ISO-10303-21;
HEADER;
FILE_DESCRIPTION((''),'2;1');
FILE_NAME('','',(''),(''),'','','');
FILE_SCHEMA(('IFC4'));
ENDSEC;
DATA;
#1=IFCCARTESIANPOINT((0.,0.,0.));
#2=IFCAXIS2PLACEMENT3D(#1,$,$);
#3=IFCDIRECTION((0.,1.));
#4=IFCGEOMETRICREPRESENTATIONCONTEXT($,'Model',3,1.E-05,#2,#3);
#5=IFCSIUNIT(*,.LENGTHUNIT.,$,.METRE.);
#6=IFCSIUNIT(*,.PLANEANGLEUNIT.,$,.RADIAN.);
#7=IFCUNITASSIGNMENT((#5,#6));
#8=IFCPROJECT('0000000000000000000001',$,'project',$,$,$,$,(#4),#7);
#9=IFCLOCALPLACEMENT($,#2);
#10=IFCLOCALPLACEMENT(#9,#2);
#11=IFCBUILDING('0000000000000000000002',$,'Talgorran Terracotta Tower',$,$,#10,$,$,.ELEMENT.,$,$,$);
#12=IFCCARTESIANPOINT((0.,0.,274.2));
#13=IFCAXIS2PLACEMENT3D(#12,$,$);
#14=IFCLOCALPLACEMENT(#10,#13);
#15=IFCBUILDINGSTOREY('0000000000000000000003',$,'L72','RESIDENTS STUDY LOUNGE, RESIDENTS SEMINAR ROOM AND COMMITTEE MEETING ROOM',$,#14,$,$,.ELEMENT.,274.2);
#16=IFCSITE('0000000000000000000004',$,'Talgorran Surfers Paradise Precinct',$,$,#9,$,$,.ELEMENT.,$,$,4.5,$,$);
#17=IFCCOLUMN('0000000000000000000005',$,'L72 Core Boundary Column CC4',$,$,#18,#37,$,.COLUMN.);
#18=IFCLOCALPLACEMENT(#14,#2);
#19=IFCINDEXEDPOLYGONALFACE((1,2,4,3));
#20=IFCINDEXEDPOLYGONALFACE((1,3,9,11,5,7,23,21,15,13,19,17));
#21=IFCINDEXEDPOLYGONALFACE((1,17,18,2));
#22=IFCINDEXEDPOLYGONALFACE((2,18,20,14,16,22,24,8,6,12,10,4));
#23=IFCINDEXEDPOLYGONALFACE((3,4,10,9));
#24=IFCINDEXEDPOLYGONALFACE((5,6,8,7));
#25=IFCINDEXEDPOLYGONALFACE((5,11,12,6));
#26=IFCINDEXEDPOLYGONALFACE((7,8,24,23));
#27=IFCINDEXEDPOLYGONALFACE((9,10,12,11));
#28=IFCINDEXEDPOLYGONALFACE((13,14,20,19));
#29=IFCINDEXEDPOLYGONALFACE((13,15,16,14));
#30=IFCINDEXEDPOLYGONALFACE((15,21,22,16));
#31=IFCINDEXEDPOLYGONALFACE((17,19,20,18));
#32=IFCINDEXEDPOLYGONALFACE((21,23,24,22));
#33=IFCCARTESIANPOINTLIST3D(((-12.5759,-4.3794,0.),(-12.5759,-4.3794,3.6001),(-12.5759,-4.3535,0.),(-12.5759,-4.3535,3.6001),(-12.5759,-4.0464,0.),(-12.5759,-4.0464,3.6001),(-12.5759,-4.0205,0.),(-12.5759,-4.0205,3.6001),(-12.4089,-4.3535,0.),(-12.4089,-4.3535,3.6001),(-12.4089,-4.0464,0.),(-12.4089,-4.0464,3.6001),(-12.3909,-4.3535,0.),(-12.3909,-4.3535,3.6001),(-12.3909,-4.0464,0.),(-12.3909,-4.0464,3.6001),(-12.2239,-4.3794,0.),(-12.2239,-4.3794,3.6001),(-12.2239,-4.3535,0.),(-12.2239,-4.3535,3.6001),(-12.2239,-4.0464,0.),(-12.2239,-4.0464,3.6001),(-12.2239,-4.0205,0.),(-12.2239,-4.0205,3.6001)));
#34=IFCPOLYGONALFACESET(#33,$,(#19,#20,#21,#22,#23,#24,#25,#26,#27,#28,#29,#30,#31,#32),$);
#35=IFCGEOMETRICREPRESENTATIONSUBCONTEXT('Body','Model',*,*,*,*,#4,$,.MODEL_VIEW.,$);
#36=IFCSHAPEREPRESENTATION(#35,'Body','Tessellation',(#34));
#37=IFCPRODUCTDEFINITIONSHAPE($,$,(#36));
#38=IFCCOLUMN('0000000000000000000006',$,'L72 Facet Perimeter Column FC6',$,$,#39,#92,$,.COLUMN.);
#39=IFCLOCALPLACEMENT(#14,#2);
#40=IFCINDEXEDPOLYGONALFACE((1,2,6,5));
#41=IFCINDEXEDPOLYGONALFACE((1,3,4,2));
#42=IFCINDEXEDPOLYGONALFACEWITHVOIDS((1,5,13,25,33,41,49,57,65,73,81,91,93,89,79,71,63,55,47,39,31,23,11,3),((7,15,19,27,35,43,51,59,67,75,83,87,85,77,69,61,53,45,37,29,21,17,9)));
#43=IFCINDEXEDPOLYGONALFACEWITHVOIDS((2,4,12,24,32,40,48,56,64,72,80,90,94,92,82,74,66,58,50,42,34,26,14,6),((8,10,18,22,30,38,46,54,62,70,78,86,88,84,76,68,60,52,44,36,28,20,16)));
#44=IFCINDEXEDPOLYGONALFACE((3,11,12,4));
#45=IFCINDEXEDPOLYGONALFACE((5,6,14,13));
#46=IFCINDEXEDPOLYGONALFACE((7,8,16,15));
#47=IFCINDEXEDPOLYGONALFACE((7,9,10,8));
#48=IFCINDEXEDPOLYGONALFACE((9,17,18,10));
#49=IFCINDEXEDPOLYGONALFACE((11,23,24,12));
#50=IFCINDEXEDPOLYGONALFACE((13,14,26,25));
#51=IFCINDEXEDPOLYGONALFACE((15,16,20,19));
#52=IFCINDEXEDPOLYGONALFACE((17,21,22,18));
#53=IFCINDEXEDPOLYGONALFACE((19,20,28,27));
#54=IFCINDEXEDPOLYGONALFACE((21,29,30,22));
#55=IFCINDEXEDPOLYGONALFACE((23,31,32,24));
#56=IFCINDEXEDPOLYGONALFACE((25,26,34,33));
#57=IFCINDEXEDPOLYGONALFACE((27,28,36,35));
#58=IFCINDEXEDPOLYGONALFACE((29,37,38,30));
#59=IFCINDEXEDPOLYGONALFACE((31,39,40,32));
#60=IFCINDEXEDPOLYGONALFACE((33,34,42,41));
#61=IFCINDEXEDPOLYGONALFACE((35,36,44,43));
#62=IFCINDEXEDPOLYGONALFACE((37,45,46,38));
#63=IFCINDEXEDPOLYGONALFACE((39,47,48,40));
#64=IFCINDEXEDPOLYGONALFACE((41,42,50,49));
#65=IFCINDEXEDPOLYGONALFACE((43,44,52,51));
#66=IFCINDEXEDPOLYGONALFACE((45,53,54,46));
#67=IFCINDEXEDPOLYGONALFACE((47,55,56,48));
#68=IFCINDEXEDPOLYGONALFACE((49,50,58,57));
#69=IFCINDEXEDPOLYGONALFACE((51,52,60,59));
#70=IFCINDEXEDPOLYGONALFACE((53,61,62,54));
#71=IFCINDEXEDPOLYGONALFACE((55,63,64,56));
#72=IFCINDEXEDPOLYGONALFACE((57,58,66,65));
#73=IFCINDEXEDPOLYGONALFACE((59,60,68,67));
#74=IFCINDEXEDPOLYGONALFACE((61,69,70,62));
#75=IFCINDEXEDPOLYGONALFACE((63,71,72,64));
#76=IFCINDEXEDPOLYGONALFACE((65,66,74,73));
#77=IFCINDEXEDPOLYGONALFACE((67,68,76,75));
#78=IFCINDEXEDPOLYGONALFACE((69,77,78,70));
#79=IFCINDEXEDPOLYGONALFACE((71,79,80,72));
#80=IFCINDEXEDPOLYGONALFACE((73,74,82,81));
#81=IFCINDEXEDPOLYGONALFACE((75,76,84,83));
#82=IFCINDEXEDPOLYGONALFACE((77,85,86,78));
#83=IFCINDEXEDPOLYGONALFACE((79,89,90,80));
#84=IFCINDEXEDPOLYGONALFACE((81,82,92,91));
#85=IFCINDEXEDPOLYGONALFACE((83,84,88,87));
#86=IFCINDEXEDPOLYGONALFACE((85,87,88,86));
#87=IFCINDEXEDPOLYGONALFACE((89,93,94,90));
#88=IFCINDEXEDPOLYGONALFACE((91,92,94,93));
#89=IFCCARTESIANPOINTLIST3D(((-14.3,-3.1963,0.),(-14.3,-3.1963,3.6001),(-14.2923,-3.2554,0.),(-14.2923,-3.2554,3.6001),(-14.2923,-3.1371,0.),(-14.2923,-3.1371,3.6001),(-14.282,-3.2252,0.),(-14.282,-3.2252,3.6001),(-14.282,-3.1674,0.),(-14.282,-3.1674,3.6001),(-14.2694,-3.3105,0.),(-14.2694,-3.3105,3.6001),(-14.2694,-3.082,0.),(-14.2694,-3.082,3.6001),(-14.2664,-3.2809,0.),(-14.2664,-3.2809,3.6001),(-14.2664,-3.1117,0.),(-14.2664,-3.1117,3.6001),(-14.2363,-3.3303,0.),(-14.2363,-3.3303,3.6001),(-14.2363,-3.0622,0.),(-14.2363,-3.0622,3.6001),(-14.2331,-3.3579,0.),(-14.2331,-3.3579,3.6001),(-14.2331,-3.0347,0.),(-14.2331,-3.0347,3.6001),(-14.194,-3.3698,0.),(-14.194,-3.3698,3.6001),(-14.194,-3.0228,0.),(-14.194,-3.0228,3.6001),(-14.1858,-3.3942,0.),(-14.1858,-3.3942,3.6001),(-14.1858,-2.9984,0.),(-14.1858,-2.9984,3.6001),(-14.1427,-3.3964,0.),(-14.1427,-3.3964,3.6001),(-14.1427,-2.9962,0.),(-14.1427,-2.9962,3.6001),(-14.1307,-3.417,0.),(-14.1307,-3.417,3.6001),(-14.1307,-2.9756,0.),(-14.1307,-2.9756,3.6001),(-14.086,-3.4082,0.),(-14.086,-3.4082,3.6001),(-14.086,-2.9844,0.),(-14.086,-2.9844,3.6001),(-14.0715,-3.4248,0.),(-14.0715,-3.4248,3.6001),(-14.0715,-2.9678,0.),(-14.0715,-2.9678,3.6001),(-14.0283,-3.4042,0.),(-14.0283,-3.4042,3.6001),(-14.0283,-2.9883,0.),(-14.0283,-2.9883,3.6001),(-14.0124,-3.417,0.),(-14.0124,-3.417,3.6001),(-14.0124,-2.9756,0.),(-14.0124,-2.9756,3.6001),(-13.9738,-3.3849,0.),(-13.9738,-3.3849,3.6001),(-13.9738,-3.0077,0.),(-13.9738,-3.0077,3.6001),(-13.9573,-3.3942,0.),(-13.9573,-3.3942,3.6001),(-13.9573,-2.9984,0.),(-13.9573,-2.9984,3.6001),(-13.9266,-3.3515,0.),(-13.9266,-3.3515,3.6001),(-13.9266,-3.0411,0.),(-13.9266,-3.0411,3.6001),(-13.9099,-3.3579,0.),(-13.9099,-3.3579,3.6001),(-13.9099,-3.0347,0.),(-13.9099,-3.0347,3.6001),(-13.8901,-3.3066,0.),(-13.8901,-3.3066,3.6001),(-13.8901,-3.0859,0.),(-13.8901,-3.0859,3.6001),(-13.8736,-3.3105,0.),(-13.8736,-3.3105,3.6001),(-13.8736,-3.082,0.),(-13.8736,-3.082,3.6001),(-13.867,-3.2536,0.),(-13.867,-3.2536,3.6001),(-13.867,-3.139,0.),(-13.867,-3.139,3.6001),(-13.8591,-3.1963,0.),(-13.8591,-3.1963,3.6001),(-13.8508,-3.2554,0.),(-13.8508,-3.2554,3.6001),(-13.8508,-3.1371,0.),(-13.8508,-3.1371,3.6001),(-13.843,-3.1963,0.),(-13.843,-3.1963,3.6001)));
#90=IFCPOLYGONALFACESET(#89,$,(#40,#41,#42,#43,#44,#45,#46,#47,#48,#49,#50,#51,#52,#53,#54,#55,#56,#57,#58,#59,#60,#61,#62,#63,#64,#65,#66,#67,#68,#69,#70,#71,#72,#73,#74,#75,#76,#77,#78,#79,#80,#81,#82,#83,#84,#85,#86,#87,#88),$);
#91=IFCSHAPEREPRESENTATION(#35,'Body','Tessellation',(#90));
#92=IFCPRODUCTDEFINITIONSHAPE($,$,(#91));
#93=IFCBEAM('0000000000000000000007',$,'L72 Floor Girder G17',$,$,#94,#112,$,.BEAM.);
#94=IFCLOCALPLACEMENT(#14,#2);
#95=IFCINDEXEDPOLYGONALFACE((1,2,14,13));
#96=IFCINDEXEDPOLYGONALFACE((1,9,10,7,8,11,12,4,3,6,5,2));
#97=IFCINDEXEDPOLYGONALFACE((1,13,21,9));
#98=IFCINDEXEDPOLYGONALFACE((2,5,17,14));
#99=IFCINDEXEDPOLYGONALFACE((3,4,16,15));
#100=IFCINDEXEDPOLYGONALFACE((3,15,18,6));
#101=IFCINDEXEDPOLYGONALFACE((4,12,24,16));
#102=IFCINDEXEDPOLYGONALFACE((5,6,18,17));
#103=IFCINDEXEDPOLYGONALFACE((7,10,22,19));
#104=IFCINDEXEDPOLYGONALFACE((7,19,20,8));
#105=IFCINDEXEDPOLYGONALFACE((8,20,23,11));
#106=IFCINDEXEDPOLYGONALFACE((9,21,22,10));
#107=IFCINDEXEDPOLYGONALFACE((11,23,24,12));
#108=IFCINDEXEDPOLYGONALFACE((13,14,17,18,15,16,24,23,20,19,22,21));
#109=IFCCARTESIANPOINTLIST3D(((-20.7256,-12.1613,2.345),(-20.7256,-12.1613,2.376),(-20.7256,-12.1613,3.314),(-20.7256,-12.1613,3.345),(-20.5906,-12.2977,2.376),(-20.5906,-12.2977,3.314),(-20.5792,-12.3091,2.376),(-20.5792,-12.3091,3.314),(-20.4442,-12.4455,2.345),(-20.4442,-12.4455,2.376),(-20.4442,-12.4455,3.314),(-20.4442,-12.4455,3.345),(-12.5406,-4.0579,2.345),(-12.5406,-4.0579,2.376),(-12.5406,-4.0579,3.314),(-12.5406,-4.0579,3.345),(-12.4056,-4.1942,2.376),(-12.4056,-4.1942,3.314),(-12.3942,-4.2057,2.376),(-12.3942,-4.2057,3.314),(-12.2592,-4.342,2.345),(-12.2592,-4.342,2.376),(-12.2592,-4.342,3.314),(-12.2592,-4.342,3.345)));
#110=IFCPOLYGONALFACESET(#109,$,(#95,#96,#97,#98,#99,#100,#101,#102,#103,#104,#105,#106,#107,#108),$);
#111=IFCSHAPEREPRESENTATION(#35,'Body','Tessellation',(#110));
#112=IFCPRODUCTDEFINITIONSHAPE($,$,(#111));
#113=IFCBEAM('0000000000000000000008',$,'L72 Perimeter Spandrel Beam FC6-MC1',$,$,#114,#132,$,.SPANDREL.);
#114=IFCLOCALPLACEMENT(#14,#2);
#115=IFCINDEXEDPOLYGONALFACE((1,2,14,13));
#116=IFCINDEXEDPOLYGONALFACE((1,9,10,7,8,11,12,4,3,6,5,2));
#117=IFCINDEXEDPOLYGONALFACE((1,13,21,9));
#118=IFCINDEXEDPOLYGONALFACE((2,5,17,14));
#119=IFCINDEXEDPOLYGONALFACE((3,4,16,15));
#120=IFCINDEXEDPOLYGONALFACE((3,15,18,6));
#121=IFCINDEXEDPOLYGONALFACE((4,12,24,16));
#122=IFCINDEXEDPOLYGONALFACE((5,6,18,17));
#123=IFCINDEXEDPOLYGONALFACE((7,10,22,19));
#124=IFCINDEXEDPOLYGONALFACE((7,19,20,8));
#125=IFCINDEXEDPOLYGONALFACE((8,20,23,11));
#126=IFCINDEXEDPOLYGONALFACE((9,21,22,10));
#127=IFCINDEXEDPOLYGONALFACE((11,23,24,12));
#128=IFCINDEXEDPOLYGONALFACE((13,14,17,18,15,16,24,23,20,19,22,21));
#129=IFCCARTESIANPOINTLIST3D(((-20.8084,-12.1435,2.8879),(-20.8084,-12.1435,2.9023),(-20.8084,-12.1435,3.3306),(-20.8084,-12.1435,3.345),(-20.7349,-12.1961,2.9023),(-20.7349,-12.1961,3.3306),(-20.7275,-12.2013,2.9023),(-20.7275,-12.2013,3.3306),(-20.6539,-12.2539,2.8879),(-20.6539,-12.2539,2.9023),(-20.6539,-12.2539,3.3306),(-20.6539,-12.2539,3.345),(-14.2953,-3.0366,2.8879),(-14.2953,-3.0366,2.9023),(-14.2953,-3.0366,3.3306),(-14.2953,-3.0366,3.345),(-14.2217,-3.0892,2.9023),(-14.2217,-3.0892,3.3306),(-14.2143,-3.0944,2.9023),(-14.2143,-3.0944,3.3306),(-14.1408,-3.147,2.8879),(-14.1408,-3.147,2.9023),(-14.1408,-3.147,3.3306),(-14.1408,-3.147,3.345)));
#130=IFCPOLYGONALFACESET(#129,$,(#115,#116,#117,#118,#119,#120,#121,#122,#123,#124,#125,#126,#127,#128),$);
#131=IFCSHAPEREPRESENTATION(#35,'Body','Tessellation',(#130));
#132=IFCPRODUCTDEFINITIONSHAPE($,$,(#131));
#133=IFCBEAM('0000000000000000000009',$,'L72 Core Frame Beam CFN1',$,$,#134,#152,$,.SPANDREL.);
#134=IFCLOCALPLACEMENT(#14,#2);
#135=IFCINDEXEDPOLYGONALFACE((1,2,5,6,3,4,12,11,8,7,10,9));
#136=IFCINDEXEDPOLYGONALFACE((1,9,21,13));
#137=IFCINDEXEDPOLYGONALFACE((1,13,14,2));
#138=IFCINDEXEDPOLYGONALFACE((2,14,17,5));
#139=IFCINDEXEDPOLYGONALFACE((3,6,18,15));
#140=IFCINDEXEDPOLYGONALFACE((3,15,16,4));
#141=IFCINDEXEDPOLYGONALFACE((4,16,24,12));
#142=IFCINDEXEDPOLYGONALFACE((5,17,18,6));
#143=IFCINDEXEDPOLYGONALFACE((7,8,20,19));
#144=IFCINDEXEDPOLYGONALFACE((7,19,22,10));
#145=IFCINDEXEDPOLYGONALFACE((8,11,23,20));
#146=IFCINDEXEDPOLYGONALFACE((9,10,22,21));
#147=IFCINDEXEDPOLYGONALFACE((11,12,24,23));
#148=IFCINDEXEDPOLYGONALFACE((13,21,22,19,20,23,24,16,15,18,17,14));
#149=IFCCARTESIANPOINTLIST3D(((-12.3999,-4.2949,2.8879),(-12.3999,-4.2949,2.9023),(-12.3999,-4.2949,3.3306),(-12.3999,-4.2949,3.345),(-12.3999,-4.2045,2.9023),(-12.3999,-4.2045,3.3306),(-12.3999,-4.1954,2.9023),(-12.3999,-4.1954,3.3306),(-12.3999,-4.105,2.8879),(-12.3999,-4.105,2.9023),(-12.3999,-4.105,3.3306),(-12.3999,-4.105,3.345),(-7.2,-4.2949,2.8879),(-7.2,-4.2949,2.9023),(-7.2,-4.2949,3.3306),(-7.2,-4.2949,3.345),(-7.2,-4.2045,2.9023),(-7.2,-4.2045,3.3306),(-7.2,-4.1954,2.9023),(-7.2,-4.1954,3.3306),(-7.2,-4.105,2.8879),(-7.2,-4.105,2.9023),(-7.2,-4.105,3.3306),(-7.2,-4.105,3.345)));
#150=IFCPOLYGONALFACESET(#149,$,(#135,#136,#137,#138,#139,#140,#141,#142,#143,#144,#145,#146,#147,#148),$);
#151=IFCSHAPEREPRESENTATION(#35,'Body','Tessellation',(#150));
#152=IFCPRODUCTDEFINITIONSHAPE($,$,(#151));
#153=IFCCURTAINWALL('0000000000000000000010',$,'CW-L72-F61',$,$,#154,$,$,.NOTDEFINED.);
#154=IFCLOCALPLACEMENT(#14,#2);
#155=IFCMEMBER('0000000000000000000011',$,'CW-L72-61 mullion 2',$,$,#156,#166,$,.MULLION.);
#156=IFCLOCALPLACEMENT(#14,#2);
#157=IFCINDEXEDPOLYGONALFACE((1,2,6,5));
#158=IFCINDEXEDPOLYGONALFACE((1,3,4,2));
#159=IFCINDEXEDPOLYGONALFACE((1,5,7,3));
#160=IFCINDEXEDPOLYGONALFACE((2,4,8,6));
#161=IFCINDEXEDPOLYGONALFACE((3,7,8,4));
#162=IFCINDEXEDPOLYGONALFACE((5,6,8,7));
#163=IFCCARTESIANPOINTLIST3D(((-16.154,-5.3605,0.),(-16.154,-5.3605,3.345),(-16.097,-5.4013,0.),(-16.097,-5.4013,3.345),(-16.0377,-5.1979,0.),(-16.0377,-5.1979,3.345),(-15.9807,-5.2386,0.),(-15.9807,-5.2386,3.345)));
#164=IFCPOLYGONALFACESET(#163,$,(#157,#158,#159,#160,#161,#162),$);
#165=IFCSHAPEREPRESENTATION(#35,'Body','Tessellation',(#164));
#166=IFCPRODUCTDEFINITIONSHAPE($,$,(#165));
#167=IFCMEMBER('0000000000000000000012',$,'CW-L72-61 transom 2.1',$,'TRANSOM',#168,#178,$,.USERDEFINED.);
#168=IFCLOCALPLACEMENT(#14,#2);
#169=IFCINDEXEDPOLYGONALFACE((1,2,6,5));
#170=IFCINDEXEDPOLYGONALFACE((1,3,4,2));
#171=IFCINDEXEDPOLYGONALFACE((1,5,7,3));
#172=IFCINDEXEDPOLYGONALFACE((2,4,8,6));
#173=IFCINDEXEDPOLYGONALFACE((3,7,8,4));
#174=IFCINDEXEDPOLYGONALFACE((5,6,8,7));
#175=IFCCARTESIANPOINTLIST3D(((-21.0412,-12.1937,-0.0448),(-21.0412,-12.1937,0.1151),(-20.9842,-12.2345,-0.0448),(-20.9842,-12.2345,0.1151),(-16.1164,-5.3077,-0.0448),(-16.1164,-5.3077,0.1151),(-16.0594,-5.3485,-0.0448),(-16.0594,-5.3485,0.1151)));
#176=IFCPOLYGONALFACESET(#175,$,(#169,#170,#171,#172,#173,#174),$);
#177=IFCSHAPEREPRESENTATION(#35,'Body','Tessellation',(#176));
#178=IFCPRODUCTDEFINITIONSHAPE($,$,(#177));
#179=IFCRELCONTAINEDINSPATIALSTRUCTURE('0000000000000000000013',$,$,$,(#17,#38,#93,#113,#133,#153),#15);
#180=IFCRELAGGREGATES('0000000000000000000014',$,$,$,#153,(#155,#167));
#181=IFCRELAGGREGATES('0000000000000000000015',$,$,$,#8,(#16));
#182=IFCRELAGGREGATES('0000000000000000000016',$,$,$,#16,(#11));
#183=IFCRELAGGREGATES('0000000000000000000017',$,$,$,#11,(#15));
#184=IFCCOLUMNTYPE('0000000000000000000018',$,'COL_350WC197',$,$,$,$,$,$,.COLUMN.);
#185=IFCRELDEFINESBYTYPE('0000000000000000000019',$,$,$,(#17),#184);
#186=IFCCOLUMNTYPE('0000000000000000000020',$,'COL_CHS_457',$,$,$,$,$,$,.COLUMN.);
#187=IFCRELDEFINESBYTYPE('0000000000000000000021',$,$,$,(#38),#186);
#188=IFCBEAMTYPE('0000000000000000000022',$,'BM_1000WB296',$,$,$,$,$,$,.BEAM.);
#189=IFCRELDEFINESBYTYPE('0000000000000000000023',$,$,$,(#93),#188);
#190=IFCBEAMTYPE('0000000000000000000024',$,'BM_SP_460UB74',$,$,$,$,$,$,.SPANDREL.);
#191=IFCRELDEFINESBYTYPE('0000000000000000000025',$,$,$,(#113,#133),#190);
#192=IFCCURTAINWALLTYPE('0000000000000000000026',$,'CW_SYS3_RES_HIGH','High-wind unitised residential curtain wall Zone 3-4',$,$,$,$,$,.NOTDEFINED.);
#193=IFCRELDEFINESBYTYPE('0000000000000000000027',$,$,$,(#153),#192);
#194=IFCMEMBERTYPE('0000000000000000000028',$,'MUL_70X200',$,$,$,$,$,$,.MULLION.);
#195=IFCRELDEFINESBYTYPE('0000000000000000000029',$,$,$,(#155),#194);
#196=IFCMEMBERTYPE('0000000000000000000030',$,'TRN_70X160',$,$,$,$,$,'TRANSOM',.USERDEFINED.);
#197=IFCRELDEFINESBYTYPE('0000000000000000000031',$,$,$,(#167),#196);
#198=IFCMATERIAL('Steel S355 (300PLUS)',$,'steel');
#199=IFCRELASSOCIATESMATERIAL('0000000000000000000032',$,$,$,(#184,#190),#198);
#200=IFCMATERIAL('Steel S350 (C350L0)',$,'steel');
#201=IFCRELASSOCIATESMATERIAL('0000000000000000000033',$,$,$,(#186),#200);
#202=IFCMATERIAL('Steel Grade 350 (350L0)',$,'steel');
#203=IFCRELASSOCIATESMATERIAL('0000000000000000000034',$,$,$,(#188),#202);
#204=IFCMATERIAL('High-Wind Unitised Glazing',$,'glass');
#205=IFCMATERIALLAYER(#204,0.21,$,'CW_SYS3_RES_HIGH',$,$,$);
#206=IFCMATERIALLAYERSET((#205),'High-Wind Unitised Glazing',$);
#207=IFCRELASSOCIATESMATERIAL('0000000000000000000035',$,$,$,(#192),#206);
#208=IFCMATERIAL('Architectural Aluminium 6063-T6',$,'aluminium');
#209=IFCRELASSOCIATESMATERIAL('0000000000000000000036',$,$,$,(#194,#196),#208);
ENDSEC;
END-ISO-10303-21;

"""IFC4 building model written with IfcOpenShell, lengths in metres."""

from ifc_helpers import new_model, si_unit, direction, frame, origin, origin_2d, place, context, subcontext, project, spatial, rectangle, hollow_circle, i_section, extrude, material, layer, layer_set, material_profile, profile_set, type_object, element, aggregate, save


model = new_model("IFC4")

# Units and contexts
model_context = context("Model", 3, precision=1e-05, world=origin(), true_north=direction((0.0, 1.0)))
body_context = subcontext(model_context, "Body", "Model", "MODEL_VIEW")
ifc_project = project(units=[si_unit("LENGTHUNIT", "METRE"), si_unit("PLANEANGLEUNIT", "RADIAN")], contexts=[model_context])

# Site, building, storey
site_placement = place(None, origin())
site = spatial("IfcSite", under=ifc_project, at=site_placement, Name="Talgorran Surfers Paradise Precinct", CompositionType="ELEMENT", RefElevation=4.5)
building_placement = place(site_placement, origin())
building = spatial("IfcBuilding", under=site, at=building_placement, Name="Talgorran Terracotta Tower", CompositionType="ELEMENT")
storey_placement = place(building_placement, frame((0.0, 0.0, 274.2)))
storey = spatial("IfcBuildingStorey", under=building, at=storey_placement, Name="L72", Description="RESIDENTS STUDY LOUNGE, RESIDENTS SEMINAR ROOM AND COMMITTEE MEETING ROOM", CompositionType="ELEMENT", Elevation=274.2)

# Columns
ifc_material_1 = material(Name="Steel S355 (300PLUS)", Category="steel")
ifc_material_profile_1 = material_profile(ifc_material_1, i_section(OverallWidth=0.3521, OverallDepth=0.3589, WebThickness=0.0181, FlangeThickness=0.0259, at=origin_2d()), Name="350WC197")
ifc_profile_set_1 = profile_set([ifc_material_profile_1], Name="Steel S355 (300PLUS)")
column_type_1 = type_object("IfcColumnType", Name="COL_350WC197", PredefinedType="COLUMN", material=ifc_profile_set_1)
column_1_placement = place(storey_placement, frame((-12.3999, -4.2, 0.0), z_axis=(0.0, 0.0, 1.0), x_axis=(1.0, 0.0, 0.0)))
element("IfcColumn", 1, at=column_1_placement, inside=storey, type_object=column_type_1, Name="L72 Core Boundary Column CC4", PredefinedType="COLUMN", context=body_context, shape_type="SweptSolid", body=[
    extrude(i_section(OverallWidth=0.3521, OverallDepth=0.3589, WebThickness=0.0181, FlangeThickness=0.0259, at=origin_2d()), origin(), (0.0, 0.0, 1.0), 3.6001),
])
ifc_material_2 = material(Name="Steel S350 (C350L0)", Category="steel")
ifc_material_profile_2 = material_profile(ifc_material_2, hollow_circle(Radius=0.2285, WallThickness=0.0161, at=origin_2d()), Name="CHS457X16")
ifc_profile_set_2 = profile_set([ifc_material_profile_2], Name="Steel S350 (C350L0)")
column_type_2 = type_object("IfcColumnType", Name="COL_CHS_457", PredefinedType="COLUMN", material=ifc_profile_set_2)
column_2_placement = place(storey_placement, frame((-14.0715, -3.1963, 0.0), z_axis=(0.0, 0.0, 1.0), x_axis=(1.0, 0.0, 0.0)))
element("IfcColumn", 2, at=column_2_placement, inside=storey, type_object=column_type_2, Name="L72 Facet Perimeter Column FC6", PredefinedType="COLUMN", context=body_context, shape_type="SweptSolid", body=[
    extrude(hollow_circle(Radius=0.2285, WallThickness=0.0161, at=origin_2d()), origin(), (0.0, 0.0, 1.0), 3.6001),
])

# Beams
ifc_material_3 = material(Name="Steel Grade 350 (350L0)", Category="steel")
ifc_material_profile_3 = material_profile(ifc_material_3, i_section(OverallWidth=0.3999, OverallDepth=1.0, WebThickness=0.0161, FlangeThickness=0.031, at=origin_2d()), Name="1000WB296")
ifc_profile_set_3 = profile_set([ifc_material_profile_3], Name="Steel Grade 350 (350L0)")
beam_type_1 = type_object("IfcBeamType", Name="BM_1000WB296", PredefinedType="BEAM", material=ifc_profile_set_3)
beam_1_placement = place(storey_placement, frame((-12.3999, -4.2, 2.845), z_axis=(-0.710638, -0.703558, 0.0), x_axis=(0.703558, -0.710638, 0.0)))
element("IfcBeam", 3, at=beam_1_placement, inside=storey, type_object=beam_type_1, Name="L72 Floor Girder G17", PredefinedType="BEAM", context=body_context, shape_type="SweptSolid", body=[
    extrude(i_section(OverallWidth=0.3999, OverallDepth=1.0, WebThickness=0.0161, FlangeThickness=0.031, at=origin_2d()), origin(), (0.0, 0.0, 1.0), 11.5178),
])
ifc_material_profile_4 = material_profile(ifc_material_1, i_section(OverallWidth=0.1899, OverallDepth=0.457, WebThickness=0.009, FlangeThickness=0.0144, at=origin_2d()), Name="460UB74.6")
ifc_profile_set_4 = profile_set([ifc_material_profile_4], Name="Steel S355 (300PLUS)")
beam_type_2 = type_object("IfcBeamType", Name="BM_SP_460UB74", PredefinedType="SPANDREL", material=ifc_profile_set_4)
beam_2_placement = place(storey_placement, frame((-14.218, -3.0918, 3.1165), z_axis=(-0.581725, -0.813386, 0.0), x_axis=(0.813386, -0.581725, 0.0)))
element("IfcBeam", 4, at=beam_2_placement, inside=storey, type_object=beam_type_2, Name="L72 Perimeter Spandrel Beam FC6-MC1", PredefinedType="SPANDREL", context=body_context, shape_type="SweptSolid", body=[
    extrude(i_section(OverallWidth=0.1899, OverallDepth=0.457, WebThickness=0.009, FlangeThickness=0.0144, at=origin_2d()), origin(), (0.0, 0.0, 1.0), 11.1963),
])
beam_3_placement = place(storey_placement, frame((-12.3999, -4.2, 3.1165), z_axis=(1.0, 0.0, 0.0), x_axis=(0.0, 1.0, 0.0)))
element("IfcBeam", 5, at=beam_3_placement, inside=storey, type_object=beam_type_2, Name="L72 Core Frame Beam CFN1", PredefinedType="SPANDREL", context=body_context, shape_type="SweptSolid", body=[
    extrude(i_section(OverallWidth=0.1899, OverallDepth=0.457, WebThickness=0.009, FlangeThickness=0.0144, at=origin_2d()), origin(), (0.0, 0.0, 1.0), 5.2),
])

# Curtain wall, members
ifc_material_4 = material(Name="High-Wind Unitised Glazing", Category="glass")
ifc_layer_1 = layer(ifc_material_4, 0.21, Name="CW_SYS3_RES_HIGH")
ifc_layer_set_1 = layer_set([ifc_layer_1], Name="High-Wind Unitised Glazing")
curtain_wall_type = type_object("IfcCurtainWallType", Name="CW_SYS3_RES_HIGH", Description="High-wind unitised residential curtain wall Zone 3-4", PredefinedType="NOTDEFINED", material=ifc_layer_set_1)
curtain_wall_placement = place(storey_placement, origin())
curtain_wall = element("IfcCurtainWall", 6, at=curtain_wall_placement, inside=storey, type_object=curtain_wall_type, Name="CW-L72-F61", PredefinedType="NOTDEFINED")
ifc_material_5 = material(Name="Architectural Aluminium 6063-T6", Category="aluminium")
ifc_material_profile_5 = material_profile(ifc_material_5, rectangle(XDim=0.0701, YDim=0.2, at=origin_2d()), Name="CWM70X200")
ifc_profile_set_5 = profile_set([ifc_material_profile_5], Name="Architectural Aluminium 6063-T6")
member_type_1 = type_object("IfcMemberType", Name="MUL_70X200", PredefinedType="MULLION", material=ifc_profile_set_5)
member_1_placement = place(storey_placement, frame((-16.0674, -5.2996, 0.0), z_axis=(0.0, 0.0, 1.0), x_axis=(0.813381, -0.581731, 0.0)))
member_1 = element("IfcMember", 7, at=member_1_placement, type_object=member_type_1, Name="CW-L72-61 mullion 2", PredefinedType="MULLION", context=body_context, shape_type="SweptSolid", body=[
    extrude(rectangle(XDim=0.0701, YDim=0.2, at=origin_2d()), origin(), (0.0, 0.0, 1.0), 3.345),
])
ifc_material_profile_6 = material_profile(ifc_material_5, rectangle(XDim=0.0701, YDim=0.1599, at=origin_2d()), Name="CWT70X160")
ifc_profile_set_6 = profile_set([ifc_material_profile_6], Name="Architectural Aluminium 6063-T6")
member_type_2 = type_object("IfcMemberType", Name="TRN_70X160", ElementType="TRANSOM", PredefinedType="USERDEFINED", material=ifc_profile_set_6)
member_2_placement = place(storey_placement, frame((-16.0879, -5.3281, 0.0352), z_axis=(-0.581726, -0.813385, 0.0), x_axis=(0.813385, -0.581726, 0.0)))
member_2 = element("IfcMember", 8, at=member_2_placement, type_object=member_type_2, Name="CW-L72-61 transom 2.1", ObjectType="TRANSOM", PredefinedType="USERDEFINED", context=body_context, shape_type="SweptSolid", body=[
    extrude(rectangle(XDim=0.0701, YDim=0.1599, at=origin_2d()), origin(), (0.0, 0.0, 1.0), 8.4658),
])

aggregate(curtain_wall, [member_1, member_2])

save(model, "model.ifc")
